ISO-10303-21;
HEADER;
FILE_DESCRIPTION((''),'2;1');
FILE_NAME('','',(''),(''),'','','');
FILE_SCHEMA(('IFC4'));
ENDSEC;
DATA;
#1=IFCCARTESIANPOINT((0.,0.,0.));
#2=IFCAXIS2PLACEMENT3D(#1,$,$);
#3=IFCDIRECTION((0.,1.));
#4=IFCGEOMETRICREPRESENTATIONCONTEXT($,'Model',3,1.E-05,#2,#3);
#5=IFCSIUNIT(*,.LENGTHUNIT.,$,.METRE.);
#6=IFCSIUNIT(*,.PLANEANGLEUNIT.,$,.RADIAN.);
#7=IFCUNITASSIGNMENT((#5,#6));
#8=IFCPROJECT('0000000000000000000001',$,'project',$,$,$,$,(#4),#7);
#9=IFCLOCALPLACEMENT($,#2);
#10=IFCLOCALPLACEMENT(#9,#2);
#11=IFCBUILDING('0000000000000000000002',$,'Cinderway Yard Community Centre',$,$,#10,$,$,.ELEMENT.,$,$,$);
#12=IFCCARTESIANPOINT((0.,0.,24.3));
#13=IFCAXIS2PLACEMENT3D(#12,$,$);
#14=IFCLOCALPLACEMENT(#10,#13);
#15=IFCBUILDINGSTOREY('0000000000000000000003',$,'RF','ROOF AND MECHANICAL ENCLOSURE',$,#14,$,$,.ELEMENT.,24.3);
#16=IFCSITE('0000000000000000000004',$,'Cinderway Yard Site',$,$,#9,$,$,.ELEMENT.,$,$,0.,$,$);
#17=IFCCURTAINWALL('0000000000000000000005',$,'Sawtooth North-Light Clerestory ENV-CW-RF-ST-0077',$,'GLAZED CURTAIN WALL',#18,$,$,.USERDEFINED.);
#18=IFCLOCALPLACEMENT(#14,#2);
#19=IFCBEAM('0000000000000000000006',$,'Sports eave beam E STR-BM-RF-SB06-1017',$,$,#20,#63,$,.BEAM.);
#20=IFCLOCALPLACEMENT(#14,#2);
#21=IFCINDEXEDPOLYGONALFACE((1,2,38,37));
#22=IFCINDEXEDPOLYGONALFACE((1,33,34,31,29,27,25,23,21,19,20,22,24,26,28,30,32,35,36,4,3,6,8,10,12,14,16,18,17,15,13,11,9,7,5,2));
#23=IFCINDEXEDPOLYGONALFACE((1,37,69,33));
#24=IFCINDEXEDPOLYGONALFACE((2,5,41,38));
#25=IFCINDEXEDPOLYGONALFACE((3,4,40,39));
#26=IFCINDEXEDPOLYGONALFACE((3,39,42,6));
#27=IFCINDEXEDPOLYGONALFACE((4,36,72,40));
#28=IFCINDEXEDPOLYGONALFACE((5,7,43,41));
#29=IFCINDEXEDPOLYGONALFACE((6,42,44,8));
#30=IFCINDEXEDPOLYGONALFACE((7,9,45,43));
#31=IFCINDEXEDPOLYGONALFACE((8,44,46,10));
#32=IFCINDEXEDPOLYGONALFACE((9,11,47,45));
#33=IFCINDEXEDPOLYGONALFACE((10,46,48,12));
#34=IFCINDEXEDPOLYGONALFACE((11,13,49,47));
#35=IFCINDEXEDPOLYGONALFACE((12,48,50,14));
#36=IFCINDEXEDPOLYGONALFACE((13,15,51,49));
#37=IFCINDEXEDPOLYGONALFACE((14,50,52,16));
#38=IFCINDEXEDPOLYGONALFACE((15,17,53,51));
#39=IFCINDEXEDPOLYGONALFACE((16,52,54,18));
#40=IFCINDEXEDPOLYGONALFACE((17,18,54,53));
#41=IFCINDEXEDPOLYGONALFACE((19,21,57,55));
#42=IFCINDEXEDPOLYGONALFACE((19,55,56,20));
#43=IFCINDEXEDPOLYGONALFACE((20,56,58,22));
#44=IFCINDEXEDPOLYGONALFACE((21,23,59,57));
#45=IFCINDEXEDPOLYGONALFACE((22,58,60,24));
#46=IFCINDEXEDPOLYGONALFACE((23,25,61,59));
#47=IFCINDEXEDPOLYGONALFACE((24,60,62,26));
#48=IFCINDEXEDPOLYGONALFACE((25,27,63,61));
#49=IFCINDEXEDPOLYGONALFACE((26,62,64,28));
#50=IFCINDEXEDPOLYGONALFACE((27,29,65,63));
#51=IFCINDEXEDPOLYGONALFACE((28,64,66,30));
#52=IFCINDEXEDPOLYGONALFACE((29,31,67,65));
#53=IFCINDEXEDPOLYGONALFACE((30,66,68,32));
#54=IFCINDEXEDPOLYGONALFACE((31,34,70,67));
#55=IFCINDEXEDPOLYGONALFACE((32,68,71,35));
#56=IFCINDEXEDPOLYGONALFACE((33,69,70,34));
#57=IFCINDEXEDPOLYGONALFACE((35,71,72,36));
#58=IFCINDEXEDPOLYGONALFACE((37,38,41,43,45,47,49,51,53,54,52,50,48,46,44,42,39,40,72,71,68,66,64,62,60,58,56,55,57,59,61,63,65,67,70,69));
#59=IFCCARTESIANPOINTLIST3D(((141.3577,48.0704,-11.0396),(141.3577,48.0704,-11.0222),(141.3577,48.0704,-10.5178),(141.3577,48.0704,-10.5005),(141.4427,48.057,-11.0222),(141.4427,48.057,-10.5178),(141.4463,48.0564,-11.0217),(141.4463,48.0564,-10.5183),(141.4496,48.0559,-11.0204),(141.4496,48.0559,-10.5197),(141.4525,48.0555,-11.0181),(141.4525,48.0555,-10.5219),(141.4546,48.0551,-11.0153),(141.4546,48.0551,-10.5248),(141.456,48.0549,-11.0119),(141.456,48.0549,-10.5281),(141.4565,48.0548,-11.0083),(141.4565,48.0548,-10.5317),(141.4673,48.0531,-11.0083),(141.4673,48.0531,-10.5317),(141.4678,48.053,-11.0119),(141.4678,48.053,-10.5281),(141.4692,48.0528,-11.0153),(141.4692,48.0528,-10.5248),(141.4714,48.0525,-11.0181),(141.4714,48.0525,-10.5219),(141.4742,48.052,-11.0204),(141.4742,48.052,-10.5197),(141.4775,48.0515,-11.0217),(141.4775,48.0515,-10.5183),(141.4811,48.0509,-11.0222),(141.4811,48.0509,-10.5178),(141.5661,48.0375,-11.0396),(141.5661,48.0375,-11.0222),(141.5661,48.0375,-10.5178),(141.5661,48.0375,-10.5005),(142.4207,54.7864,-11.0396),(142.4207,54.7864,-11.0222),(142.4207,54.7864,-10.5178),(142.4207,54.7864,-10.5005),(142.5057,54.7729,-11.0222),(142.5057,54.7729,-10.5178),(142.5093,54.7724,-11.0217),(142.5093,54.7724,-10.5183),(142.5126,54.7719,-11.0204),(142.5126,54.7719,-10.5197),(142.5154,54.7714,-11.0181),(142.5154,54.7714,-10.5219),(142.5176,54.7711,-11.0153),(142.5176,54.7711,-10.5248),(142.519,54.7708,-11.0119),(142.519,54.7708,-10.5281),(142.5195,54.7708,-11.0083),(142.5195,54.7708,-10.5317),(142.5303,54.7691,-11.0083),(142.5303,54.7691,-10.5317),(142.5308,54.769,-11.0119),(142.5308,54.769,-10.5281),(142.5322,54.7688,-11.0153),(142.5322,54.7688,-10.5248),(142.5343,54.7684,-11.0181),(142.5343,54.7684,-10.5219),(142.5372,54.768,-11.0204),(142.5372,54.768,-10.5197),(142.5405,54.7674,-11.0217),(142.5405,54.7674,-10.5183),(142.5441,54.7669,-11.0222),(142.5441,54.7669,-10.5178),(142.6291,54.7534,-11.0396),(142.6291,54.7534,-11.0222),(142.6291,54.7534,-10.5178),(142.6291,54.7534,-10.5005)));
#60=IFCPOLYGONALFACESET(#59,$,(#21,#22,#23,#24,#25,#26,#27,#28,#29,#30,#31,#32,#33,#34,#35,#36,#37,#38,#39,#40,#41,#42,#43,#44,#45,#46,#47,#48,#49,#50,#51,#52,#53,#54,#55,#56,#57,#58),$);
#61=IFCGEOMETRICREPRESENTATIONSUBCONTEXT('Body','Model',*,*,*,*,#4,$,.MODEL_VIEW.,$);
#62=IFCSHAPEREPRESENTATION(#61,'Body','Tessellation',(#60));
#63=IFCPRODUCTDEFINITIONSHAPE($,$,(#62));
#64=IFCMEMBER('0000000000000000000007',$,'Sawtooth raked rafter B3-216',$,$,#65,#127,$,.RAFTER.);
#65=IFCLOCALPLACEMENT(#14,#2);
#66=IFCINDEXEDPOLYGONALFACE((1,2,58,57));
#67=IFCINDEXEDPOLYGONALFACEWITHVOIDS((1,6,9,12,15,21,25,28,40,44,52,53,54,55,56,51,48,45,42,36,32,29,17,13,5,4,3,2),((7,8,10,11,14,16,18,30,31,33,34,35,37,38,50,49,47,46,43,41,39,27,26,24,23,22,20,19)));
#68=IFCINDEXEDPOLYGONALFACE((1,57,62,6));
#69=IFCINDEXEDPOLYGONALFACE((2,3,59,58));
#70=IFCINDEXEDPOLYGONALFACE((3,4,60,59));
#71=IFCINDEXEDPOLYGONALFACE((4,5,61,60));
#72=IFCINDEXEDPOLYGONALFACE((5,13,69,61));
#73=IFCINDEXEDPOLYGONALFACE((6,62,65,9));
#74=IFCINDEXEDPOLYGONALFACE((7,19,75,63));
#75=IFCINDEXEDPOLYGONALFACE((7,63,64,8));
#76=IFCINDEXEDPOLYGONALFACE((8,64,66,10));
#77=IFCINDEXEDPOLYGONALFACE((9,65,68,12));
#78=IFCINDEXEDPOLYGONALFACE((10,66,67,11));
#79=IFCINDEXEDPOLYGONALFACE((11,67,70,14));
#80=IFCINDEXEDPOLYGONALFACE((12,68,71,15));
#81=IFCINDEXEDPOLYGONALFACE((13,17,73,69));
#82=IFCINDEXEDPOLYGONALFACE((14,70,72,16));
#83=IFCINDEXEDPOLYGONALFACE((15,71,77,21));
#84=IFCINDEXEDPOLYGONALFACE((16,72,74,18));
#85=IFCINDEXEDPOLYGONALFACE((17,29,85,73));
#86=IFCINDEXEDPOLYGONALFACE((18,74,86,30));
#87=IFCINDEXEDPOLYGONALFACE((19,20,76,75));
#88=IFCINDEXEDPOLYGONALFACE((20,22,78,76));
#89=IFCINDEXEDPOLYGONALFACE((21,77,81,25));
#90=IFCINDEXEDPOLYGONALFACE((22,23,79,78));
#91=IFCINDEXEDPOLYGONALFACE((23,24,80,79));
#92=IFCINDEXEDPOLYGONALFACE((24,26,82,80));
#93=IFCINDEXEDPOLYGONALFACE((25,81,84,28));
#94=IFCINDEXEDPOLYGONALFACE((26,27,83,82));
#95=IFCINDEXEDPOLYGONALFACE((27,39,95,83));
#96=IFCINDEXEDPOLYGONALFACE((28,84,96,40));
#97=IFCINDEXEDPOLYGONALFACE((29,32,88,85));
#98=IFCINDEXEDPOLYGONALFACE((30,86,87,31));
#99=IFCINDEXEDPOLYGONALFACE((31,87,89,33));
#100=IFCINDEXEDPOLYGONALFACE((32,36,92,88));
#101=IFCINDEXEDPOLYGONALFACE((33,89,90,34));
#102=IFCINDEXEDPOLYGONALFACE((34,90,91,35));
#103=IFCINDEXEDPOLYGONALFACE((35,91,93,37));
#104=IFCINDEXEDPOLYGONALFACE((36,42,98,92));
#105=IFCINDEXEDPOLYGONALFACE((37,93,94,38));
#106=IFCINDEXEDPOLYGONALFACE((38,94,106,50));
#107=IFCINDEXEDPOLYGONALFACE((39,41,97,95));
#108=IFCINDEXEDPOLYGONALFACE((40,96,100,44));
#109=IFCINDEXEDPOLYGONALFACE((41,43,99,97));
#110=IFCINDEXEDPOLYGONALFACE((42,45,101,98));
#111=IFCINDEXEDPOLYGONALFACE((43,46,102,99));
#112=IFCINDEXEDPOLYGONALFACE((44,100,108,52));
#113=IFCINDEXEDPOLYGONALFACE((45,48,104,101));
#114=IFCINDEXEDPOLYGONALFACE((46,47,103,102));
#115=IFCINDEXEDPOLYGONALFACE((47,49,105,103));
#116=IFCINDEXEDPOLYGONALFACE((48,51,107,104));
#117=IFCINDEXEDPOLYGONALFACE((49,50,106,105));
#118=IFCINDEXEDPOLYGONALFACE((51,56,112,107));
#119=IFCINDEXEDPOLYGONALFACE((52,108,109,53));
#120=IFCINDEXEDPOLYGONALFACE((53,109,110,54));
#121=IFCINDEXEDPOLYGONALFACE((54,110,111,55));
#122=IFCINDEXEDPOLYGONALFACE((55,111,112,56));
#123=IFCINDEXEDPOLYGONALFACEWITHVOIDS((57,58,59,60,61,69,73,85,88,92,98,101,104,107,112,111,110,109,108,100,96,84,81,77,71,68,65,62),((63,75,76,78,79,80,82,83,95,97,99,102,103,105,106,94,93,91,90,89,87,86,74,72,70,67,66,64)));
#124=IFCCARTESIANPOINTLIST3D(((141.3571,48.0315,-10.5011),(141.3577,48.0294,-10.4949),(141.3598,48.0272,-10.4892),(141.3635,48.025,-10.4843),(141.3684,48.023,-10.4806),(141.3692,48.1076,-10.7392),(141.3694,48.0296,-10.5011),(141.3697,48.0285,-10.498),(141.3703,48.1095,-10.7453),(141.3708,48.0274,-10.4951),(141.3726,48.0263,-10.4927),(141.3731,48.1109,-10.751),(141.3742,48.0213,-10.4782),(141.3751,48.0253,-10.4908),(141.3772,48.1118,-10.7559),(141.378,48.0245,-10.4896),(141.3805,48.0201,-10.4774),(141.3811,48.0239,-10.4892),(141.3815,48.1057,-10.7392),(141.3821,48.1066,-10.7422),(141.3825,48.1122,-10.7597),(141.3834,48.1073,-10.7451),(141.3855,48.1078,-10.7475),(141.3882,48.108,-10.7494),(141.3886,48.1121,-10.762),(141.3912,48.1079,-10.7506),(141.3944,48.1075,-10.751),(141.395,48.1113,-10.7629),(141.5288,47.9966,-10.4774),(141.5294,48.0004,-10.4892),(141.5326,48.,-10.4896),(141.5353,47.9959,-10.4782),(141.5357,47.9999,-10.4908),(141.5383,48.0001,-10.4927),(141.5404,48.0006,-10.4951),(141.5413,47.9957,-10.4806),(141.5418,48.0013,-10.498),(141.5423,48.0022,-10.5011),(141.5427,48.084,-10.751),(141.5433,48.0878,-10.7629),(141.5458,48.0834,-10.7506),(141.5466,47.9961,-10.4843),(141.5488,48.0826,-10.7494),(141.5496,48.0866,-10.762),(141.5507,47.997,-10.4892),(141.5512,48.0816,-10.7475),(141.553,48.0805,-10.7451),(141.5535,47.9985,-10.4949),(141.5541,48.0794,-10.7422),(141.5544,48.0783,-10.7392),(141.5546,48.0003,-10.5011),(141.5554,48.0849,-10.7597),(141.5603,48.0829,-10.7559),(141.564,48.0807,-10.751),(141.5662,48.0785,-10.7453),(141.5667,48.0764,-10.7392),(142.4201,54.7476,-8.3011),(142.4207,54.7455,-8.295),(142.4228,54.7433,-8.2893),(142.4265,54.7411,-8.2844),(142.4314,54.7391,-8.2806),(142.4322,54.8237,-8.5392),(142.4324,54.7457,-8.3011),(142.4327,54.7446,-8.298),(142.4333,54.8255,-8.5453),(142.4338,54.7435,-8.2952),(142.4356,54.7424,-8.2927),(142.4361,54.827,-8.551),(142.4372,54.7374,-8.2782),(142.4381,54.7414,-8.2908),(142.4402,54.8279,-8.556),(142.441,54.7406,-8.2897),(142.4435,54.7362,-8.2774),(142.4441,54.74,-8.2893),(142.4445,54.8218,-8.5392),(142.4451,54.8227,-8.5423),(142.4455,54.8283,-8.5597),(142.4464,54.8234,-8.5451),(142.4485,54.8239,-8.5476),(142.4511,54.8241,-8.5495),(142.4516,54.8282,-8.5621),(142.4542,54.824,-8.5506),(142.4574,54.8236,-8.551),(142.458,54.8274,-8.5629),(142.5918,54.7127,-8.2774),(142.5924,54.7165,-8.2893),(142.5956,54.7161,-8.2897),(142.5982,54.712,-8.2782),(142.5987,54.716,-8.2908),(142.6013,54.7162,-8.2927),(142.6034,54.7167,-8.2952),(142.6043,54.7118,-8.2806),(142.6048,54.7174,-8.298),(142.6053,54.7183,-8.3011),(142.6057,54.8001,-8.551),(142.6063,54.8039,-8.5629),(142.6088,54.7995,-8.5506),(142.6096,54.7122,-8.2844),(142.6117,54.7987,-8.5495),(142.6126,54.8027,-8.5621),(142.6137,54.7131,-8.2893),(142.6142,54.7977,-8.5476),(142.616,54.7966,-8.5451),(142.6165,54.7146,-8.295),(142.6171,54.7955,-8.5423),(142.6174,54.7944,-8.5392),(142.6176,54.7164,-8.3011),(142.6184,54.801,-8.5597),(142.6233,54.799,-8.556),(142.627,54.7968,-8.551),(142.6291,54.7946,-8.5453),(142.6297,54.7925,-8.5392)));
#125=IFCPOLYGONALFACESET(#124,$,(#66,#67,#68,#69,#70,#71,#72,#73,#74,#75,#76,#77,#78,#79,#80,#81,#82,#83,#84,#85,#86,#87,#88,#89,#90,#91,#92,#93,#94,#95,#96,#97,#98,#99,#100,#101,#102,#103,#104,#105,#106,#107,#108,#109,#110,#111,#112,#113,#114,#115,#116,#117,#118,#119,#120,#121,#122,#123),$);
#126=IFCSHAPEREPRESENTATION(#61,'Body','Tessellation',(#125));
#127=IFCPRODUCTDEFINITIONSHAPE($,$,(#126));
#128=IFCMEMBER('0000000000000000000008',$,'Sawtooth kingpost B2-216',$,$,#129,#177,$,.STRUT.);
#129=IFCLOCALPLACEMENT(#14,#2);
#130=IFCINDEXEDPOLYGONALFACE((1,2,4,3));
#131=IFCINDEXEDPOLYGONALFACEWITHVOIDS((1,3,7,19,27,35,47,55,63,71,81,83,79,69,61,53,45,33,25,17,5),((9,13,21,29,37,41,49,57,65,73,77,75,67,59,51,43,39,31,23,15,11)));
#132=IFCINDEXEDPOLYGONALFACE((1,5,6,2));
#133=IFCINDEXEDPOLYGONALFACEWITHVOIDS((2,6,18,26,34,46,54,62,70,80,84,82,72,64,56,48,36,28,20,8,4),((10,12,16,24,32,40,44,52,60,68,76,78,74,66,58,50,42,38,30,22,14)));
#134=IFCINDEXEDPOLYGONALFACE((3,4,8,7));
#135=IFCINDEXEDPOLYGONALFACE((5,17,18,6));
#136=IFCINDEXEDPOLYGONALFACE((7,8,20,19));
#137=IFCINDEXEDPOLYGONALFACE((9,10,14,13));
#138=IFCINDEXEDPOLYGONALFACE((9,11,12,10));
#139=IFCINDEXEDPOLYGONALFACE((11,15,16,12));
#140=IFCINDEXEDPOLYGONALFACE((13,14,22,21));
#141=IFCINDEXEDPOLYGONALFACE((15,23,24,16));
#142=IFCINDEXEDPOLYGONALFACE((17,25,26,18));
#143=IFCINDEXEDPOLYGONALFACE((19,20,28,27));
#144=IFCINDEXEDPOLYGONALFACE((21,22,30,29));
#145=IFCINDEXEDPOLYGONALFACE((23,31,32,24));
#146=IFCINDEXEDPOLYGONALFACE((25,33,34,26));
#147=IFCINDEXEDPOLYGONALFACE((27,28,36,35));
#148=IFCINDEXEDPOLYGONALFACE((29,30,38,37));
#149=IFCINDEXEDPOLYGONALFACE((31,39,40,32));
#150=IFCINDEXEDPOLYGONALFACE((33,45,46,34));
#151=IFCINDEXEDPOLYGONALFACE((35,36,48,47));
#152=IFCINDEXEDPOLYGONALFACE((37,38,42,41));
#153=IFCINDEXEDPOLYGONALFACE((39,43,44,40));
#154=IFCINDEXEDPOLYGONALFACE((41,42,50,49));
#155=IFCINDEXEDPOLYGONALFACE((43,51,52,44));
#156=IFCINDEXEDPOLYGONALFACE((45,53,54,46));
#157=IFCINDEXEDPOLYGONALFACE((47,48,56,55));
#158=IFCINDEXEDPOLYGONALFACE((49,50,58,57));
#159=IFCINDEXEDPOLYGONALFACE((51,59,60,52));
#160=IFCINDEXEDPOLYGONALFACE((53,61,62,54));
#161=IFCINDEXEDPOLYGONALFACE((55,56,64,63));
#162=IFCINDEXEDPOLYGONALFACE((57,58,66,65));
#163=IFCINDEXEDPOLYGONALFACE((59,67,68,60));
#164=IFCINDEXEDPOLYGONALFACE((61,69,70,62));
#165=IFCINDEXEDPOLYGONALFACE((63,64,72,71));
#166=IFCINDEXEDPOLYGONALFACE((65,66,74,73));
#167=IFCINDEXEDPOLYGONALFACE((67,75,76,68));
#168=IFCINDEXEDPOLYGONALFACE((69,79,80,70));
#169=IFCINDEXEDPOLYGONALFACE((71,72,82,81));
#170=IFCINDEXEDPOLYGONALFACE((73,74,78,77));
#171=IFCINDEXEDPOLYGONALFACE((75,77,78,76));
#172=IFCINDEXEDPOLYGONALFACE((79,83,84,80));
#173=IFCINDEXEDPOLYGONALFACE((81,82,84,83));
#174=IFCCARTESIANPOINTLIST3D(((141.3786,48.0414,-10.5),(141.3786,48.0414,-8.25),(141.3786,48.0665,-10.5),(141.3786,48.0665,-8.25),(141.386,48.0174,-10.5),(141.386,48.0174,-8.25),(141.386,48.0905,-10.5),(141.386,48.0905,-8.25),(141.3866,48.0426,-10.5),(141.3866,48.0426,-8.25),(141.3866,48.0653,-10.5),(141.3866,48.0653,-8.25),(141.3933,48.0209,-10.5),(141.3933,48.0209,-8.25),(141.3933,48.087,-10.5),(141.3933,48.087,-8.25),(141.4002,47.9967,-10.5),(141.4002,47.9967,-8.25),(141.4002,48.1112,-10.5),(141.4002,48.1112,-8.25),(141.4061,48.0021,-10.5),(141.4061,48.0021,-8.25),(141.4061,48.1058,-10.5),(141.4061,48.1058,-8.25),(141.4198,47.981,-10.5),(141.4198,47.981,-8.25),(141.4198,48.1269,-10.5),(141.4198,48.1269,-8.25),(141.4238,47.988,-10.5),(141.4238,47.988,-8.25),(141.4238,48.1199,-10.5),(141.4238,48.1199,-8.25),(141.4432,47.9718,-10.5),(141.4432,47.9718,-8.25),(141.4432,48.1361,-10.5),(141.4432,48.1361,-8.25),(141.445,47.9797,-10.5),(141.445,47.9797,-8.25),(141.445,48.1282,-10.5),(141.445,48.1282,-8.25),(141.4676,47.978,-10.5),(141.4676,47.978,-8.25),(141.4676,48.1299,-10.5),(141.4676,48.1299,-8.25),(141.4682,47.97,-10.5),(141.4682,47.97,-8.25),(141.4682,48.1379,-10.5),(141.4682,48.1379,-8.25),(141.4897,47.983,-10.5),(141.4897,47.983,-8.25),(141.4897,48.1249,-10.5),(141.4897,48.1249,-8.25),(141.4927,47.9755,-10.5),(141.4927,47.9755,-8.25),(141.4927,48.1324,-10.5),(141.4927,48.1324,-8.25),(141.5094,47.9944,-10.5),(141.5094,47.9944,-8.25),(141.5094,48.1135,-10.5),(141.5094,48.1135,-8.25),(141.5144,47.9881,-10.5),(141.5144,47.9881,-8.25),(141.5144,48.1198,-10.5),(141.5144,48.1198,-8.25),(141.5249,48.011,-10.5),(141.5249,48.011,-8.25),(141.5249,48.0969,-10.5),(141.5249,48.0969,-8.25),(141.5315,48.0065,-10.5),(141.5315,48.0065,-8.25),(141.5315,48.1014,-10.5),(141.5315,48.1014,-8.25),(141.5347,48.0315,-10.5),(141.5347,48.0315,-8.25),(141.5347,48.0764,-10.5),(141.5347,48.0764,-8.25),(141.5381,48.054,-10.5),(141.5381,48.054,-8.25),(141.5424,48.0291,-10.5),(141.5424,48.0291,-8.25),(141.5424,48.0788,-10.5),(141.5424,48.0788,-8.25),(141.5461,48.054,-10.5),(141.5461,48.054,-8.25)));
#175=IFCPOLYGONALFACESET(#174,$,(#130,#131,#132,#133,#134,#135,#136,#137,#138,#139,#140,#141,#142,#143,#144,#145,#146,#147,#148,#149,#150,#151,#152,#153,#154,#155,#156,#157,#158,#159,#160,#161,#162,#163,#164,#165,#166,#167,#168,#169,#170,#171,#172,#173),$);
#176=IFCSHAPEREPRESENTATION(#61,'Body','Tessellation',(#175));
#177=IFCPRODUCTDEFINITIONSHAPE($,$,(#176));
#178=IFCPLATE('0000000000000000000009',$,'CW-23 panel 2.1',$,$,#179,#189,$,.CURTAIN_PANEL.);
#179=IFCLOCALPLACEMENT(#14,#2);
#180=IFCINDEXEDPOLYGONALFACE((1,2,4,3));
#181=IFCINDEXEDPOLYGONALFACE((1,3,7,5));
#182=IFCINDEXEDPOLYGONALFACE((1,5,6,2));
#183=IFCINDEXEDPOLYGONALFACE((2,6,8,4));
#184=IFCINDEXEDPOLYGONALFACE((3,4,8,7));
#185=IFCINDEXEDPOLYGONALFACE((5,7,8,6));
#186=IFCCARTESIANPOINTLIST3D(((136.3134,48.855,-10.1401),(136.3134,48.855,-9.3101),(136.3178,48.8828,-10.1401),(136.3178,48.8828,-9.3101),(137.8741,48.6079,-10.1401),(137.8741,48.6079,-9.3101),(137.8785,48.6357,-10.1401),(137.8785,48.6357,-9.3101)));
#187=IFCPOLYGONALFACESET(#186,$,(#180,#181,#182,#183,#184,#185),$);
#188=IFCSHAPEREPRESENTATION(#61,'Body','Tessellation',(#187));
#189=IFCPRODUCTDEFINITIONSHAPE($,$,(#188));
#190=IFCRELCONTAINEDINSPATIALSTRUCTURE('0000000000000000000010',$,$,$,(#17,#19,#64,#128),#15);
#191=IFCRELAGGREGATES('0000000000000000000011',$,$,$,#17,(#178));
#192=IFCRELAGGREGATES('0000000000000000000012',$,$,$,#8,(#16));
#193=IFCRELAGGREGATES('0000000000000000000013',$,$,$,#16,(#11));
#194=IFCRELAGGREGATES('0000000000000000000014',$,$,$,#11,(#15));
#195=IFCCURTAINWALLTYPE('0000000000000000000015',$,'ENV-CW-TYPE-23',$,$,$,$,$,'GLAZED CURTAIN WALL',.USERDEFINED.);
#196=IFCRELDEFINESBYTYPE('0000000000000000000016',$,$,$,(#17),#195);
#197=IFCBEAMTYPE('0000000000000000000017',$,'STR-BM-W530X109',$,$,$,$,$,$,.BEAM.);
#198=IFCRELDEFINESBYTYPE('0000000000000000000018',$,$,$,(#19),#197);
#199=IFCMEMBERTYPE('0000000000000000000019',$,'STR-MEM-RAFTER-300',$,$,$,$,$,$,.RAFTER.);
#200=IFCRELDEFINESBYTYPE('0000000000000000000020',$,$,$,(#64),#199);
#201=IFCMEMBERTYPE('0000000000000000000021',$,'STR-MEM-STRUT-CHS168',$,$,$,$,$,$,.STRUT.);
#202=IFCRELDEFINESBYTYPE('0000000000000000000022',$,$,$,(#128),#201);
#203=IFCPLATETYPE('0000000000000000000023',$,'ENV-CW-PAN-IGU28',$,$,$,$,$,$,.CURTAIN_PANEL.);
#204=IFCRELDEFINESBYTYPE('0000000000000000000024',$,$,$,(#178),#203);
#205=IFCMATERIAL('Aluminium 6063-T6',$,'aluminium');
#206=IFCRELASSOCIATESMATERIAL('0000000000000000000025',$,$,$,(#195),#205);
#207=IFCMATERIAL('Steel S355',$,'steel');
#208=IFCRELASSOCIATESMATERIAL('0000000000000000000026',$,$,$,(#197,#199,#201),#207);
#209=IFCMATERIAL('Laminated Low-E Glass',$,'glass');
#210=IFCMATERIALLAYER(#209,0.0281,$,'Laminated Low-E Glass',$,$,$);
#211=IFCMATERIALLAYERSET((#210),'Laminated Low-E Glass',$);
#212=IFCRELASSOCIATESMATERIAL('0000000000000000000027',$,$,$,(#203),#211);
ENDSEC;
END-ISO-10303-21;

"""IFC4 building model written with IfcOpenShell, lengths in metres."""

from ifc_helpers import new_model, si_unit, direction, frame, origin, origin_2d, place, context, subcontext, project, spatial, rectangle, hollow_rectangle, hollow_circle, i_section, extrude, material, layer, layer_set, material_profile, profile_set, type_object, element, aggregate, save


model = new_model("IFC4")

# Units and contexts
model_context = context("Model", 3, precision=1e-05, world=origin(), true_north=direction((0.0, 1.0)))
body_context = subcontext(model_context, "Body", "Model", "MODEL_VIEW")
ifc_project = project(units=[si_unit("LENGTHUNIT", "METRE"), si_unit("PLANEANGLEUNIT", "RADIAN")], contexts=[model_context])

# Site, building, storey
site_placement = place(None, origin())
site = spatial("IfcSite", under=ifc_project, at=site_placement, Name="Cinderway Yard Site", CompositionType="ELEMENT", RefElevation=0.0)
building_placement = place(site_placement, origin())
building = spatial("IfcBuilding", under=site, at=building_placement, Name="Cinderway Yard Community Centre", CompositionType="ELEMENT")
storey_placement = place(building_placement, frame((0.0, 0.0, 24.3)))
storey = spatial("IfcBuildingStorey", under=building, at=storey_placement, Name="RF", Description="ROOF AND MECHANICAL ENCLOSURE", CompositionType="ELEMENT", Elevation=24.3)

# Shared definitions
ifc_material_1 = material(Name="Steel S355", Category="steel")

# Curtain wall
ifc_material_2 = material(Name="Aluminium 6063-T6", Category="aluminium")
curtain_wall_type = type_object("IfcCurtainWallType", Name="ENV-CW-TYPE-23", ElementType="GLAZED CURTAIN WALL", PredefinedType="USERDEFINED", material=ifc_material_2)
curtain_wall_placement = place(storey_placement, origin())
curtain_wall = element("IfcCurtainWall", 1, at=curtain_wall_placement, inside=storey, type_object=curtain_wall_type, Name="Sawtooth North-Light Clerestory ENV-CW-RF-ST-0077", ObjectType="GLAZED CURTAIN WALL", PredefinedType="USERDEFINED")

# Beam
ifc_material_profile_1 = material_profile(ifc_material_1, i_section(OverallWidth=0.2109, OverallDepth=0.5391, WebThickness=0.011, FlangeThickness=0.0173, FilletRadius=0.0139, at=origin_2d()), Name="Steel S355")
ifc_profile_set_1 = profile_set([ifc_material_profile_1], Name="Steel S355")
beam_type = type_object("IfcBeamType", Name="STR-BM-W530X109", PredefinedType="BEAM", material=ifc_profile_set_1)
beam_placement = place(storey_placement, frame((141.4619, 48.054, -10.77), z_axis=(0.156329, 0.987705, 0.0), x_axis=(-0.987705, 0.156329, 0.0)))
element("IfcBeam", 2, at=beam_placement, inside=storey, type_object=beam_type, Name="Sports eave beam E STR-BM-RF-SB06-1017", PredefinedType="BEAM", context=body_context, shape_type="SweptSolid", body=[
    extrude(i_section(OverallWidth=0.2109, OverallDepth=0.5391, WebThickness=0.011, FlangeThickness=0.0173, FilletRadius=0.0139, at=origin_2d()), origin(), (0.0, 0.0, 1.0), 6.7996),
])

# Members
ifc_material_profile_2 = material_profile(ifc_material_1, hollow_rectangle(XDim=0.2, YDim=0.3, WallThickness=0.0125, InnerFilletRadius=0.0125, OuterFilletRadius=0.0249, at=origin_2d()), Name="Steel S355")
ifc_profile_set_2 = profile_set([ifc_material_profile_2], Name="Steel S355")
member_type_1 = type_object("IfcMemberType", Name="STR-MEM-RAFTER-300", PredefinedType="RAFTER", material=ifc_profile_set_2)
member_1_placement = place(storey_placement, frame((141.4619, 48.054, -10.6201), z_axis=(0.148738, 0.939744, 0.307828), x_axis=(-0.987705, 0.156329, 0.0)))
element("IfcMember", 3, at=member_1_placement, inside=storey, type_object=member_type_1, Name="Sawtooth raked rafter B3-216", PredefinedType="RAFTER", context=body_context, shape_type="SweptSolid", body=[
    extrude(hollow_rectangle(XDim=0.2, YDim=0.3, WallThickness=0.0125, InnerFilletRadius=0.0125, OuterFilletRadius=0.0249, at=origin_2d()), origin(), (0.0, 0.0, 1.0), 7.1467),
])
ifc_material_profile_3 = material_profile(ifc_material_1, hollow_circle(Radius=0.0842, WallThickness=0.0081, at=origin_2d()), Name="Steel S355")
ifc_profile_set_3 = profile_set([ifc_material_profile_3], Name="Steel S355")
member_type_2 = type_object("IfcMemberType", Name="STR-MEM-STRUT-CHS168", PredefinedType="STRUT", material=ifc_profile_set_3)
member_2_placement = place(storey_placement, frame((141.4619, 48.054, -10.5), z_axis=(0.0, 0.0, 1.0), x_axis=(1.0, 0.0, 0.0)))
element("IfcMember", 4, at=member_2_placement, inside=storey, type_object=member_type_2, Name="Sawtooth kingpost B2-216", PredefinedType="STRUT", context=body_context, shape_type="SweptSolid", body=[
    extrude(hollow_circle(Radius=0.0842, WallThickness=0.0081, at=origin_2d()), origin(), (0.0, 0.0, 1.0), 2.25),
])

# Plate
ifc_material_3 = material(Name="Laminated Low-E Glass", Category="glass")
ifc_layer_1 = layer(ifc_material_3, 0.0281, Name="Laminated Low-E Glass")
ifc_layer_set_1 = layer_set([ifc_layer_1], Name="Laminated Low-E Glass")
plate_type_1 = type_object("IfcPlateType", Name="ENV-CW-PAN-IGU28", PredefinedType="CURTAIN_PANEL", material=ifc_layer_set_1)
plate_1_placement = place(storey_placement, frame((137.0959, 48.7454, -10.1401), z_axis=(0.0, 0.0, 1.0), x_axis=(0.987696, -0.156385, 0.0)))
plate_1 = element("IfcPlate", 5, at=plate_1_placement, type_object=plate_type_1, Name="CW-23 panel 2.1", PredefinedType="CURTAIN_PANEL", context=body_context, shape_type="SweptSolid", body=[
    extrude(rectangle(XDim=1.5801, YDim=0.0281, at=origin_2d()), origin(), (0.0, 0.0, 1.0), 0.8301),
])
aggregate(curtain_wall, [plate_1])

save(model, "model.ifc")
